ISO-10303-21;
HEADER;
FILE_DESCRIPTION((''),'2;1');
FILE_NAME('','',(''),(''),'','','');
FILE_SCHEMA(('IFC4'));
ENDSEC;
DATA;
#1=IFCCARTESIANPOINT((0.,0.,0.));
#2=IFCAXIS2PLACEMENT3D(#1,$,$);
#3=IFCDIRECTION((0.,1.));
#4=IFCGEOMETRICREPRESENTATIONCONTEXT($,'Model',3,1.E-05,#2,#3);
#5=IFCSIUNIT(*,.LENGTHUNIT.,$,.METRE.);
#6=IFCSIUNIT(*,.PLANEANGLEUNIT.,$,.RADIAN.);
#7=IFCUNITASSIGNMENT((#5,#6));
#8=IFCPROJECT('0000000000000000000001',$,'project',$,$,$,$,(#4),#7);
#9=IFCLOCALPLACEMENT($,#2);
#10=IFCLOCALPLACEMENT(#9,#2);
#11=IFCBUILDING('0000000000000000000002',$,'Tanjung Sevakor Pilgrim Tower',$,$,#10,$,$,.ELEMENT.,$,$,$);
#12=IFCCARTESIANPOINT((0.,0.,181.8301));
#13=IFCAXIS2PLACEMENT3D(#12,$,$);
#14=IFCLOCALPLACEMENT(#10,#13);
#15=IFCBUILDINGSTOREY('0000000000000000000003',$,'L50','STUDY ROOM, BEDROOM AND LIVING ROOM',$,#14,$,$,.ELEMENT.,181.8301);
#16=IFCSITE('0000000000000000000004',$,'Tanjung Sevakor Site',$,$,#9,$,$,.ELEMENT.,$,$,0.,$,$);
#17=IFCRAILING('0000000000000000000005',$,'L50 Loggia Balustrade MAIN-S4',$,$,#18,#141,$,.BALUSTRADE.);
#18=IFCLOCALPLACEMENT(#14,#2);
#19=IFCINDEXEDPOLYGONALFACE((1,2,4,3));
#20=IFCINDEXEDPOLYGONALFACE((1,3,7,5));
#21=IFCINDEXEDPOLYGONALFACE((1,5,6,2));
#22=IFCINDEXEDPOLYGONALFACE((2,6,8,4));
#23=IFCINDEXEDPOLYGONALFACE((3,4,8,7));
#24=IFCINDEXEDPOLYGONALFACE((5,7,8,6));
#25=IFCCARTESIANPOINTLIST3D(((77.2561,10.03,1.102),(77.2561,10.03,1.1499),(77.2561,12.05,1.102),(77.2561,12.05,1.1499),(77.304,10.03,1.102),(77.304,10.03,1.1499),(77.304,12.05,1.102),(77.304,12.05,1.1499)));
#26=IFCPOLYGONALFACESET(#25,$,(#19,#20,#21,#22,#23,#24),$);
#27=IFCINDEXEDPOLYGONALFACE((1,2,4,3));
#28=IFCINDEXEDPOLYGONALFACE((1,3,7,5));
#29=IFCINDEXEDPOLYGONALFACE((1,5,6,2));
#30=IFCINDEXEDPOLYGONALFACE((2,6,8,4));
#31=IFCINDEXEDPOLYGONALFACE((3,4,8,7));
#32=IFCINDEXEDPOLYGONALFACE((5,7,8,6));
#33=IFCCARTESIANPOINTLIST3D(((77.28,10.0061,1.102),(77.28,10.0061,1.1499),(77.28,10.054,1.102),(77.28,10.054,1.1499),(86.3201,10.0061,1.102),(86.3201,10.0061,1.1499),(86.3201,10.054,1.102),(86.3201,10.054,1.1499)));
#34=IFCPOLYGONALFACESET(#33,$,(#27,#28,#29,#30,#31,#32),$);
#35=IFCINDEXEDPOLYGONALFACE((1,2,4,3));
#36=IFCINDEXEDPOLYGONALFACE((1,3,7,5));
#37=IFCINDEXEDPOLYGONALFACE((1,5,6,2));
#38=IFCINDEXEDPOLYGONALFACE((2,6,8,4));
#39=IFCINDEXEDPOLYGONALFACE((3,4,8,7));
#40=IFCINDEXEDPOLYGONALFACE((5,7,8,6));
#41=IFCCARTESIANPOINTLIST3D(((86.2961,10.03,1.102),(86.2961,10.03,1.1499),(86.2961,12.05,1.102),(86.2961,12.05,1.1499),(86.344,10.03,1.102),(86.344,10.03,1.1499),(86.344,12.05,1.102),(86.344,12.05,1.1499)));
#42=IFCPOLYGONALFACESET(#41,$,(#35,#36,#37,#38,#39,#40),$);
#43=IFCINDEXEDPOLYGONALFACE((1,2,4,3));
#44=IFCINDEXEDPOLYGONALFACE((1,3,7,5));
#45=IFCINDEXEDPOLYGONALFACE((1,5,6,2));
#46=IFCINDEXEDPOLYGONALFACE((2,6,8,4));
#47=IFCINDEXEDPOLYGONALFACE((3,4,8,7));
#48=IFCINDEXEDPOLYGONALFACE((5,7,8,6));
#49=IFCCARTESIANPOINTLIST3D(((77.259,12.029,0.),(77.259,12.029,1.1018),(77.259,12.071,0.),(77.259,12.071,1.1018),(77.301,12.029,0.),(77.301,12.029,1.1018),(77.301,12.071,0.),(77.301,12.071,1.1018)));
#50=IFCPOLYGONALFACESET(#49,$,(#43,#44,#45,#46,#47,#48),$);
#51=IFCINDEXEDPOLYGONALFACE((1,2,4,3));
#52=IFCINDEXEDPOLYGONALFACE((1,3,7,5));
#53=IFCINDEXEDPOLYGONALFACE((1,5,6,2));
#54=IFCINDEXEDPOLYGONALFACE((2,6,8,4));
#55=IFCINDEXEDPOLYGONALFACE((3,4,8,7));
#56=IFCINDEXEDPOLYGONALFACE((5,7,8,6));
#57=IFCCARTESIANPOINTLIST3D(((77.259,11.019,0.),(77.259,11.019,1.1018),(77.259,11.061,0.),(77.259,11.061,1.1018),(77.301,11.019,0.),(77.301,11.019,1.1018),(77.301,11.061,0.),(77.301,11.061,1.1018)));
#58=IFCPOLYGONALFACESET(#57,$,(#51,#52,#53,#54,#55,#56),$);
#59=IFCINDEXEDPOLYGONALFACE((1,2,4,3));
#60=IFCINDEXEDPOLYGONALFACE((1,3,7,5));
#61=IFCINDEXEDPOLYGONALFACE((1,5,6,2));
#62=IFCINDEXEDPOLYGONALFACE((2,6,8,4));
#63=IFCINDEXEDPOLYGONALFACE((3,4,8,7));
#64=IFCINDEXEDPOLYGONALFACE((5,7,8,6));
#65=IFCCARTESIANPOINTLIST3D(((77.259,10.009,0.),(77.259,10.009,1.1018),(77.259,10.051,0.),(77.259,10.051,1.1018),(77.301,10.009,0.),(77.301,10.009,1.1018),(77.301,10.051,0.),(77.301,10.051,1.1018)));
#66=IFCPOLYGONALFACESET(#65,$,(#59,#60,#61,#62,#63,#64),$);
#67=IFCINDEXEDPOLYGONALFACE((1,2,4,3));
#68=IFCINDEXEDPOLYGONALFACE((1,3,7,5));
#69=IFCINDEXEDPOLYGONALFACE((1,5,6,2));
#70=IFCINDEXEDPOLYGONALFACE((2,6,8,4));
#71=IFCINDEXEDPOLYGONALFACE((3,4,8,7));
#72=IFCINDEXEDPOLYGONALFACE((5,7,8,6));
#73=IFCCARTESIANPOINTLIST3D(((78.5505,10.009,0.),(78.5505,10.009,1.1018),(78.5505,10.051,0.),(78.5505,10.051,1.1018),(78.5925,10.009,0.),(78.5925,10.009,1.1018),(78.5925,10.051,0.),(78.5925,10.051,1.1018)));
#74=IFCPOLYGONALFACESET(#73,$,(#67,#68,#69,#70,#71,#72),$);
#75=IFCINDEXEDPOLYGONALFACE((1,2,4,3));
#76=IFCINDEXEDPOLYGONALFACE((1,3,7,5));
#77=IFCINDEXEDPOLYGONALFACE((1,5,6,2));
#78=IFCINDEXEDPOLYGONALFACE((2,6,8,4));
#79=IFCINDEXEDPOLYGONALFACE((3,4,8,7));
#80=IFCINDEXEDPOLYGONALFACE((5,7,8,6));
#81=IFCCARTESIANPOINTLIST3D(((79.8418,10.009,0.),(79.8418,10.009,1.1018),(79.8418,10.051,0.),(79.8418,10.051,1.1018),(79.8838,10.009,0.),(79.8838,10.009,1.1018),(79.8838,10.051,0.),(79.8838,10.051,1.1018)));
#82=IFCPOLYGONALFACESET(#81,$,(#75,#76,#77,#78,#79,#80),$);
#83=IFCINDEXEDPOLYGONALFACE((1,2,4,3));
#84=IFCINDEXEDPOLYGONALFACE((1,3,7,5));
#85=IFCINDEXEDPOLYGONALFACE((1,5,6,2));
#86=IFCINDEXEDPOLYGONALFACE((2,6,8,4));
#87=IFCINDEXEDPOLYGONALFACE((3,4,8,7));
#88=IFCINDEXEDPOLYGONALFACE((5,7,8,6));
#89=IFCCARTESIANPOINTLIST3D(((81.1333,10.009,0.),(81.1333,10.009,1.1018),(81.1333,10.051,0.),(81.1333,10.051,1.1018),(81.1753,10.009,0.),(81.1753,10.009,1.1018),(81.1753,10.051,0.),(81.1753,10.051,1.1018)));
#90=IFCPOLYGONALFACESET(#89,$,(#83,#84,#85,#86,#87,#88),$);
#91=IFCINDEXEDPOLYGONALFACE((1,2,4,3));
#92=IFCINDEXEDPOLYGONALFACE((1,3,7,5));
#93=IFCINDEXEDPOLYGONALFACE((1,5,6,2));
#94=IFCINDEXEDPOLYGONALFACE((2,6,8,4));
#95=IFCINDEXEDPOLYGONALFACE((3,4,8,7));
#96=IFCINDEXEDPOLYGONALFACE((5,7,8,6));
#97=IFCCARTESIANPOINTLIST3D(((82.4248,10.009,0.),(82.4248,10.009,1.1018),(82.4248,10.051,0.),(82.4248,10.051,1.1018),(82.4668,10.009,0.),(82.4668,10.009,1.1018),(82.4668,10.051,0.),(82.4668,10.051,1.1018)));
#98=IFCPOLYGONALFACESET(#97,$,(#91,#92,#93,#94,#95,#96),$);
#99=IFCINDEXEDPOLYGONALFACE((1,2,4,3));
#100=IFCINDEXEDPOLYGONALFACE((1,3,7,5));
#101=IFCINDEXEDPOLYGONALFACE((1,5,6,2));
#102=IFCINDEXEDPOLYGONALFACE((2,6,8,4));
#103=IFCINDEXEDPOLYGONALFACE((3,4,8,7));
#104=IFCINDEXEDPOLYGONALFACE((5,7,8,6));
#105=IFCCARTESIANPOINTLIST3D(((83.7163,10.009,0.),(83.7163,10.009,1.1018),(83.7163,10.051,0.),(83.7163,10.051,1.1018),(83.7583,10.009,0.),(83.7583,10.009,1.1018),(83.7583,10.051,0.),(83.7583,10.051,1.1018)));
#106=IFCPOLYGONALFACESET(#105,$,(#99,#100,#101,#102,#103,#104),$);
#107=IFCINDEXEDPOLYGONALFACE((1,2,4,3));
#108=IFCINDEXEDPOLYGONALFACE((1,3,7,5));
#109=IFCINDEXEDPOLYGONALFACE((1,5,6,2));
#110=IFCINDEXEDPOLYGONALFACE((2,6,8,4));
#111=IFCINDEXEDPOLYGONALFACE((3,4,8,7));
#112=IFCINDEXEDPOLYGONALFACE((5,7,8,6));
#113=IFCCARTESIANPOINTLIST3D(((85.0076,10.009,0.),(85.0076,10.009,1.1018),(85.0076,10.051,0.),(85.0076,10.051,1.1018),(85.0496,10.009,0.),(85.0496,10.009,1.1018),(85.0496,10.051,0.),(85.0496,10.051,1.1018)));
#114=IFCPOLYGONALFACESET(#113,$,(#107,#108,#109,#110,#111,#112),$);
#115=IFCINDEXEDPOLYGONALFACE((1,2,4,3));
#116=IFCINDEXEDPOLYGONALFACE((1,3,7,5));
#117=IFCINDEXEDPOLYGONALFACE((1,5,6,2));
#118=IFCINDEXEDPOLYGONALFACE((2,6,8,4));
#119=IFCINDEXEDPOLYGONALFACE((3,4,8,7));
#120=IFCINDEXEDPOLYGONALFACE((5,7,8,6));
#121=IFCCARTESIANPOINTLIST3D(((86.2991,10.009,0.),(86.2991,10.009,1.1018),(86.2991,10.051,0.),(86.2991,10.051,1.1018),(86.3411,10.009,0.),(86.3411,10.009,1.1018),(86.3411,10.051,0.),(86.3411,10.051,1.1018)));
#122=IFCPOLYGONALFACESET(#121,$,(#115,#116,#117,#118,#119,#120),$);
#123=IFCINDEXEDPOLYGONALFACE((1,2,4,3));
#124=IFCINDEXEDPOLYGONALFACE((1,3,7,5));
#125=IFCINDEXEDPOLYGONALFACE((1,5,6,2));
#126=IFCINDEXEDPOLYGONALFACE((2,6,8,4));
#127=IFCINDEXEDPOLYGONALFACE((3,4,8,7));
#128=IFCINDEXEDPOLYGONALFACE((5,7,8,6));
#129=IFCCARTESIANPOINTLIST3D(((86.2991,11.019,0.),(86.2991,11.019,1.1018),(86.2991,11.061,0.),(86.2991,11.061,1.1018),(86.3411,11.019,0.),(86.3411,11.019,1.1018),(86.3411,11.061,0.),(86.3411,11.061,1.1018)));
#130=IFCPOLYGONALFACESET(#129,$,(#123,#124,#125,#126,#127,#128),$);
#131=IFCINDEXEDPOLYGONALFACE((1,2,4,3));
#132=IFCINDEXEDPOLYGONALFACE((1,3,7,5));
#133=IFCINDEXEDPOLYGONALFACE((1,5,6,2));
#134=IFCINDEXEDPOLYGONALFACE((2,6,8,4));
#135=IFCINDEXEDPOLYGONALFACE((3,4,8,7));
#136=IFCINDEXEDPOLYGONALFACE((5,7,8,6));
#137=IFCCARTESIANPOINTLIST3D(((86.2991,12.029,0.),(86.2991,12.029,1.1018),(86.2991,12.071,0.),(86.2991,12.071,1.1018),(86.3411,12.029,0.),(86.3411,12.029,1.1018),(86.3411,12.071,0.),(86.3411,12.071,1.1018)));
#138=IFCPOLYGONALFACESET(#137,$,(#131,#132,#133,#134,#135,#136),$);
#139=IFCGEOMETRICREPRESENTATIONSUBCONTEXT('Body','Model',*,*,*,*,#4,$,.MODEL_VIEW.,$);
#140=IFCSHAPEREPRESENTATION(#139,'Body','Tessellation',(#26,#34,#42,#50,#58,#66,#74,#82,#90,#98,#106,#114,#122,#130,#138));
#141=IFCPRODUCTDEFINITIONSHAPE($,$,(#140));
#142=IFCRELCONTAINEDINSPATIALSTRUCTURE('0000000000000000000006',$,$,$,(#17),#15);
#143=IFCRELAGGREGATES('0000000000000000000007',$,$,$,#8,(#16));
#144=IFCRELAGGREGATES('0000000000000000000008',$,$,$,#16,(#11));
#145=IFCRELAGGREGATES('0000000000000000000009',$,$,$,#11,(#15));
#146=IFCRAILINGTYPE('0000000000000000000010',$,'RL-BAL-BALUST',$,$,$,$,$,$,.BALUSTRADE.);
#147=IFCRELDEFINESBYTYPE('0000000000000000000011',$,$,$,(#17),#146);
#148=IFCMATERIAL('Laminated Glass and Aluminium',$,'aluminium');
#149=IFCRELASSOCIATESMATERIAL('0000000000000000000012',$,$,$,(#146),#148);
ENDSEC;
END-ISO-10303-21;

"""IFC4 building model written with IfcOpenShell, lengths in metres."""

from ifc_helpers import new_model, si_unit, direction, frame, origin, place, context, subcontext, project, spatial, rectangle, extrude, material, type_object, element, save


model = new_model("IFC4")

# Units and contexts
model_context = context("Model", 3, precision=1e-05, world=origin(), true_north=direction((0.0, 1.0)))
body_context = subcontext(model_context, "Body", "Model", "MODEL_VIEW")
ifc_project = project(units=[si_unit("LENGTHUNIT", "METRE"), si_unit("PLANEANGLEUNIT", "RADIAN")], contexts=[model_context])

# Site, building, storey
site_placement = place(None, origin())
site = spatial("IfcSite", under=ifc_project, at=site_placement, Name="Tanjung Sevakor Site", CompositionType="ELEMENT", RefElevation=0.0)
building_placement = place(site_placement, origin())
building = spatial("IfcBuilding", under=site, at=building_placement, Name="Tanjung Sevakor Pilgrim Tower", CompositionType="ELEMENT")
storey_placement = place(building_placement, frame((0.0, 0.0, 181.8301)))
storey = spatial("IfcBuildingStorey", under=building, at=storey_placement, Name="L50", Description="STUDY ROOM, BEDROOM AND LIVING ROOM", CompositionType="ELEMENT", Elevation=181.8301)

# Railing
ifc_material_1 = material(Name="Laminated Glass and Aluminium", Category="aluminium")
railing_type = type_object("IfcRailingType", Name="RL-BAL-BALUST", PredefinedType="BALUSTRADE", material=ifc_material_1)
railing_placement = place(storey_placement, frame((77.28, 12.05, 0.0)))
element("IfcRailing", 1, at=railing_placement, inside=storey, type_object=railing_type, Name="L50 Loggia Balustrade MAIN-S4", PredefinedType="BALUSTRADE", context=body_context, shape_type="SweptSolid", body=[
    extrude(rectangle(XDim=0.0479, YDim=0.0479), frame((0.0, 0.0, 1.126), z_axis=(0.0, -1.0, 0.0), x_axis=(1.0, 0.0, 0.0)), (0.0, 0.0, 1.0), 2.02),
    extrude(rectangle(XDim=0.0479, YDim=0.0479), frame((0.0, -2.02, 1.126), z_axis=(1.0, 0.0, 0.0), x_axis=(0.0, 1.0, 0.0)), (0.0, 0.0, 1.0), 9.04),
    extrude(rectangle(XDim=0.0479, YDim=0.0479), frame((9.04, -2.02, 1.126), z_axis=(0.0, 1.0, 0.0), x_axis=(-1.0, 0.0, 0.0)), (0.0, 0.0, 1.0), 2.02),
    extrude(rectangle(XDim=0.042, YDim=0.042), origin(), (0.0, 0.0, 1.0), 1.1018),
    extrude(rectangle(XDim=0.042, YDim=0.042), frame((0.0, -1.01, 0.0)), (0.0, 0.0, 1.0), 1.1018),
    extrude(rectangle(XDim=0.042, YDim=0.042), frame((0.0, -2.02, 0.0)), (0.0, 0.0, 1.0), 1.1018),
    extrude(rectangle(XDim=0.042, YDim=0.042), frame((1.2915, -2.02, 0.0)), (0.0, 0.0, 1.0), 1.1018),
    extrude(rectangle(XDim=0.042, YDim=0.042), frame((2.5828, -2.02, 0.0)), (0.0, 0.0, 1.0), 1.1018),
    extrude(rectangle(XDim=0.042, YDim=0.042), frame((3.8743, -2.02, 0.0)), (0.0, 0.0, 1.0), 1.1018),
    extrude(rectangle(XDim=0.042, YDim=0.042), frame((5.1658, -2.02, 0.0)), (0.0, 0.0, 1.0), 1.1018),
    extrude(rectangle(XDim=0.042, YDim=0.042), frame((6.4573, -2.02, 0.0)), (0.0, 0.0, 1.0), 1.1018),
    extrude(rectangle(XDim=0.042, YDim=0.042), frame((7.7485, -2.02, 0.0)), (0.0, 0.0, 1.0), 1.1018),
    extrude(rectangle(XDim=0.042, YDim=0.042), frame((9.04, -2.02, 0.0)), (0.0, 0.0, 1.0), 1.1018),
    extrude(rectangle(XDim=0.042, YDim=0.042), frame((9.04, -1.01, 0.0)), (0.0, 0.0, 1.0), 1.1018),
    extrude(rectangle(XDim=0.042, YDim=0.042), frame((9.04, 0.0, 0.0)), (0.0, 0.0, 1.0), 1.1018),
])

save(model, "model.ifc")
